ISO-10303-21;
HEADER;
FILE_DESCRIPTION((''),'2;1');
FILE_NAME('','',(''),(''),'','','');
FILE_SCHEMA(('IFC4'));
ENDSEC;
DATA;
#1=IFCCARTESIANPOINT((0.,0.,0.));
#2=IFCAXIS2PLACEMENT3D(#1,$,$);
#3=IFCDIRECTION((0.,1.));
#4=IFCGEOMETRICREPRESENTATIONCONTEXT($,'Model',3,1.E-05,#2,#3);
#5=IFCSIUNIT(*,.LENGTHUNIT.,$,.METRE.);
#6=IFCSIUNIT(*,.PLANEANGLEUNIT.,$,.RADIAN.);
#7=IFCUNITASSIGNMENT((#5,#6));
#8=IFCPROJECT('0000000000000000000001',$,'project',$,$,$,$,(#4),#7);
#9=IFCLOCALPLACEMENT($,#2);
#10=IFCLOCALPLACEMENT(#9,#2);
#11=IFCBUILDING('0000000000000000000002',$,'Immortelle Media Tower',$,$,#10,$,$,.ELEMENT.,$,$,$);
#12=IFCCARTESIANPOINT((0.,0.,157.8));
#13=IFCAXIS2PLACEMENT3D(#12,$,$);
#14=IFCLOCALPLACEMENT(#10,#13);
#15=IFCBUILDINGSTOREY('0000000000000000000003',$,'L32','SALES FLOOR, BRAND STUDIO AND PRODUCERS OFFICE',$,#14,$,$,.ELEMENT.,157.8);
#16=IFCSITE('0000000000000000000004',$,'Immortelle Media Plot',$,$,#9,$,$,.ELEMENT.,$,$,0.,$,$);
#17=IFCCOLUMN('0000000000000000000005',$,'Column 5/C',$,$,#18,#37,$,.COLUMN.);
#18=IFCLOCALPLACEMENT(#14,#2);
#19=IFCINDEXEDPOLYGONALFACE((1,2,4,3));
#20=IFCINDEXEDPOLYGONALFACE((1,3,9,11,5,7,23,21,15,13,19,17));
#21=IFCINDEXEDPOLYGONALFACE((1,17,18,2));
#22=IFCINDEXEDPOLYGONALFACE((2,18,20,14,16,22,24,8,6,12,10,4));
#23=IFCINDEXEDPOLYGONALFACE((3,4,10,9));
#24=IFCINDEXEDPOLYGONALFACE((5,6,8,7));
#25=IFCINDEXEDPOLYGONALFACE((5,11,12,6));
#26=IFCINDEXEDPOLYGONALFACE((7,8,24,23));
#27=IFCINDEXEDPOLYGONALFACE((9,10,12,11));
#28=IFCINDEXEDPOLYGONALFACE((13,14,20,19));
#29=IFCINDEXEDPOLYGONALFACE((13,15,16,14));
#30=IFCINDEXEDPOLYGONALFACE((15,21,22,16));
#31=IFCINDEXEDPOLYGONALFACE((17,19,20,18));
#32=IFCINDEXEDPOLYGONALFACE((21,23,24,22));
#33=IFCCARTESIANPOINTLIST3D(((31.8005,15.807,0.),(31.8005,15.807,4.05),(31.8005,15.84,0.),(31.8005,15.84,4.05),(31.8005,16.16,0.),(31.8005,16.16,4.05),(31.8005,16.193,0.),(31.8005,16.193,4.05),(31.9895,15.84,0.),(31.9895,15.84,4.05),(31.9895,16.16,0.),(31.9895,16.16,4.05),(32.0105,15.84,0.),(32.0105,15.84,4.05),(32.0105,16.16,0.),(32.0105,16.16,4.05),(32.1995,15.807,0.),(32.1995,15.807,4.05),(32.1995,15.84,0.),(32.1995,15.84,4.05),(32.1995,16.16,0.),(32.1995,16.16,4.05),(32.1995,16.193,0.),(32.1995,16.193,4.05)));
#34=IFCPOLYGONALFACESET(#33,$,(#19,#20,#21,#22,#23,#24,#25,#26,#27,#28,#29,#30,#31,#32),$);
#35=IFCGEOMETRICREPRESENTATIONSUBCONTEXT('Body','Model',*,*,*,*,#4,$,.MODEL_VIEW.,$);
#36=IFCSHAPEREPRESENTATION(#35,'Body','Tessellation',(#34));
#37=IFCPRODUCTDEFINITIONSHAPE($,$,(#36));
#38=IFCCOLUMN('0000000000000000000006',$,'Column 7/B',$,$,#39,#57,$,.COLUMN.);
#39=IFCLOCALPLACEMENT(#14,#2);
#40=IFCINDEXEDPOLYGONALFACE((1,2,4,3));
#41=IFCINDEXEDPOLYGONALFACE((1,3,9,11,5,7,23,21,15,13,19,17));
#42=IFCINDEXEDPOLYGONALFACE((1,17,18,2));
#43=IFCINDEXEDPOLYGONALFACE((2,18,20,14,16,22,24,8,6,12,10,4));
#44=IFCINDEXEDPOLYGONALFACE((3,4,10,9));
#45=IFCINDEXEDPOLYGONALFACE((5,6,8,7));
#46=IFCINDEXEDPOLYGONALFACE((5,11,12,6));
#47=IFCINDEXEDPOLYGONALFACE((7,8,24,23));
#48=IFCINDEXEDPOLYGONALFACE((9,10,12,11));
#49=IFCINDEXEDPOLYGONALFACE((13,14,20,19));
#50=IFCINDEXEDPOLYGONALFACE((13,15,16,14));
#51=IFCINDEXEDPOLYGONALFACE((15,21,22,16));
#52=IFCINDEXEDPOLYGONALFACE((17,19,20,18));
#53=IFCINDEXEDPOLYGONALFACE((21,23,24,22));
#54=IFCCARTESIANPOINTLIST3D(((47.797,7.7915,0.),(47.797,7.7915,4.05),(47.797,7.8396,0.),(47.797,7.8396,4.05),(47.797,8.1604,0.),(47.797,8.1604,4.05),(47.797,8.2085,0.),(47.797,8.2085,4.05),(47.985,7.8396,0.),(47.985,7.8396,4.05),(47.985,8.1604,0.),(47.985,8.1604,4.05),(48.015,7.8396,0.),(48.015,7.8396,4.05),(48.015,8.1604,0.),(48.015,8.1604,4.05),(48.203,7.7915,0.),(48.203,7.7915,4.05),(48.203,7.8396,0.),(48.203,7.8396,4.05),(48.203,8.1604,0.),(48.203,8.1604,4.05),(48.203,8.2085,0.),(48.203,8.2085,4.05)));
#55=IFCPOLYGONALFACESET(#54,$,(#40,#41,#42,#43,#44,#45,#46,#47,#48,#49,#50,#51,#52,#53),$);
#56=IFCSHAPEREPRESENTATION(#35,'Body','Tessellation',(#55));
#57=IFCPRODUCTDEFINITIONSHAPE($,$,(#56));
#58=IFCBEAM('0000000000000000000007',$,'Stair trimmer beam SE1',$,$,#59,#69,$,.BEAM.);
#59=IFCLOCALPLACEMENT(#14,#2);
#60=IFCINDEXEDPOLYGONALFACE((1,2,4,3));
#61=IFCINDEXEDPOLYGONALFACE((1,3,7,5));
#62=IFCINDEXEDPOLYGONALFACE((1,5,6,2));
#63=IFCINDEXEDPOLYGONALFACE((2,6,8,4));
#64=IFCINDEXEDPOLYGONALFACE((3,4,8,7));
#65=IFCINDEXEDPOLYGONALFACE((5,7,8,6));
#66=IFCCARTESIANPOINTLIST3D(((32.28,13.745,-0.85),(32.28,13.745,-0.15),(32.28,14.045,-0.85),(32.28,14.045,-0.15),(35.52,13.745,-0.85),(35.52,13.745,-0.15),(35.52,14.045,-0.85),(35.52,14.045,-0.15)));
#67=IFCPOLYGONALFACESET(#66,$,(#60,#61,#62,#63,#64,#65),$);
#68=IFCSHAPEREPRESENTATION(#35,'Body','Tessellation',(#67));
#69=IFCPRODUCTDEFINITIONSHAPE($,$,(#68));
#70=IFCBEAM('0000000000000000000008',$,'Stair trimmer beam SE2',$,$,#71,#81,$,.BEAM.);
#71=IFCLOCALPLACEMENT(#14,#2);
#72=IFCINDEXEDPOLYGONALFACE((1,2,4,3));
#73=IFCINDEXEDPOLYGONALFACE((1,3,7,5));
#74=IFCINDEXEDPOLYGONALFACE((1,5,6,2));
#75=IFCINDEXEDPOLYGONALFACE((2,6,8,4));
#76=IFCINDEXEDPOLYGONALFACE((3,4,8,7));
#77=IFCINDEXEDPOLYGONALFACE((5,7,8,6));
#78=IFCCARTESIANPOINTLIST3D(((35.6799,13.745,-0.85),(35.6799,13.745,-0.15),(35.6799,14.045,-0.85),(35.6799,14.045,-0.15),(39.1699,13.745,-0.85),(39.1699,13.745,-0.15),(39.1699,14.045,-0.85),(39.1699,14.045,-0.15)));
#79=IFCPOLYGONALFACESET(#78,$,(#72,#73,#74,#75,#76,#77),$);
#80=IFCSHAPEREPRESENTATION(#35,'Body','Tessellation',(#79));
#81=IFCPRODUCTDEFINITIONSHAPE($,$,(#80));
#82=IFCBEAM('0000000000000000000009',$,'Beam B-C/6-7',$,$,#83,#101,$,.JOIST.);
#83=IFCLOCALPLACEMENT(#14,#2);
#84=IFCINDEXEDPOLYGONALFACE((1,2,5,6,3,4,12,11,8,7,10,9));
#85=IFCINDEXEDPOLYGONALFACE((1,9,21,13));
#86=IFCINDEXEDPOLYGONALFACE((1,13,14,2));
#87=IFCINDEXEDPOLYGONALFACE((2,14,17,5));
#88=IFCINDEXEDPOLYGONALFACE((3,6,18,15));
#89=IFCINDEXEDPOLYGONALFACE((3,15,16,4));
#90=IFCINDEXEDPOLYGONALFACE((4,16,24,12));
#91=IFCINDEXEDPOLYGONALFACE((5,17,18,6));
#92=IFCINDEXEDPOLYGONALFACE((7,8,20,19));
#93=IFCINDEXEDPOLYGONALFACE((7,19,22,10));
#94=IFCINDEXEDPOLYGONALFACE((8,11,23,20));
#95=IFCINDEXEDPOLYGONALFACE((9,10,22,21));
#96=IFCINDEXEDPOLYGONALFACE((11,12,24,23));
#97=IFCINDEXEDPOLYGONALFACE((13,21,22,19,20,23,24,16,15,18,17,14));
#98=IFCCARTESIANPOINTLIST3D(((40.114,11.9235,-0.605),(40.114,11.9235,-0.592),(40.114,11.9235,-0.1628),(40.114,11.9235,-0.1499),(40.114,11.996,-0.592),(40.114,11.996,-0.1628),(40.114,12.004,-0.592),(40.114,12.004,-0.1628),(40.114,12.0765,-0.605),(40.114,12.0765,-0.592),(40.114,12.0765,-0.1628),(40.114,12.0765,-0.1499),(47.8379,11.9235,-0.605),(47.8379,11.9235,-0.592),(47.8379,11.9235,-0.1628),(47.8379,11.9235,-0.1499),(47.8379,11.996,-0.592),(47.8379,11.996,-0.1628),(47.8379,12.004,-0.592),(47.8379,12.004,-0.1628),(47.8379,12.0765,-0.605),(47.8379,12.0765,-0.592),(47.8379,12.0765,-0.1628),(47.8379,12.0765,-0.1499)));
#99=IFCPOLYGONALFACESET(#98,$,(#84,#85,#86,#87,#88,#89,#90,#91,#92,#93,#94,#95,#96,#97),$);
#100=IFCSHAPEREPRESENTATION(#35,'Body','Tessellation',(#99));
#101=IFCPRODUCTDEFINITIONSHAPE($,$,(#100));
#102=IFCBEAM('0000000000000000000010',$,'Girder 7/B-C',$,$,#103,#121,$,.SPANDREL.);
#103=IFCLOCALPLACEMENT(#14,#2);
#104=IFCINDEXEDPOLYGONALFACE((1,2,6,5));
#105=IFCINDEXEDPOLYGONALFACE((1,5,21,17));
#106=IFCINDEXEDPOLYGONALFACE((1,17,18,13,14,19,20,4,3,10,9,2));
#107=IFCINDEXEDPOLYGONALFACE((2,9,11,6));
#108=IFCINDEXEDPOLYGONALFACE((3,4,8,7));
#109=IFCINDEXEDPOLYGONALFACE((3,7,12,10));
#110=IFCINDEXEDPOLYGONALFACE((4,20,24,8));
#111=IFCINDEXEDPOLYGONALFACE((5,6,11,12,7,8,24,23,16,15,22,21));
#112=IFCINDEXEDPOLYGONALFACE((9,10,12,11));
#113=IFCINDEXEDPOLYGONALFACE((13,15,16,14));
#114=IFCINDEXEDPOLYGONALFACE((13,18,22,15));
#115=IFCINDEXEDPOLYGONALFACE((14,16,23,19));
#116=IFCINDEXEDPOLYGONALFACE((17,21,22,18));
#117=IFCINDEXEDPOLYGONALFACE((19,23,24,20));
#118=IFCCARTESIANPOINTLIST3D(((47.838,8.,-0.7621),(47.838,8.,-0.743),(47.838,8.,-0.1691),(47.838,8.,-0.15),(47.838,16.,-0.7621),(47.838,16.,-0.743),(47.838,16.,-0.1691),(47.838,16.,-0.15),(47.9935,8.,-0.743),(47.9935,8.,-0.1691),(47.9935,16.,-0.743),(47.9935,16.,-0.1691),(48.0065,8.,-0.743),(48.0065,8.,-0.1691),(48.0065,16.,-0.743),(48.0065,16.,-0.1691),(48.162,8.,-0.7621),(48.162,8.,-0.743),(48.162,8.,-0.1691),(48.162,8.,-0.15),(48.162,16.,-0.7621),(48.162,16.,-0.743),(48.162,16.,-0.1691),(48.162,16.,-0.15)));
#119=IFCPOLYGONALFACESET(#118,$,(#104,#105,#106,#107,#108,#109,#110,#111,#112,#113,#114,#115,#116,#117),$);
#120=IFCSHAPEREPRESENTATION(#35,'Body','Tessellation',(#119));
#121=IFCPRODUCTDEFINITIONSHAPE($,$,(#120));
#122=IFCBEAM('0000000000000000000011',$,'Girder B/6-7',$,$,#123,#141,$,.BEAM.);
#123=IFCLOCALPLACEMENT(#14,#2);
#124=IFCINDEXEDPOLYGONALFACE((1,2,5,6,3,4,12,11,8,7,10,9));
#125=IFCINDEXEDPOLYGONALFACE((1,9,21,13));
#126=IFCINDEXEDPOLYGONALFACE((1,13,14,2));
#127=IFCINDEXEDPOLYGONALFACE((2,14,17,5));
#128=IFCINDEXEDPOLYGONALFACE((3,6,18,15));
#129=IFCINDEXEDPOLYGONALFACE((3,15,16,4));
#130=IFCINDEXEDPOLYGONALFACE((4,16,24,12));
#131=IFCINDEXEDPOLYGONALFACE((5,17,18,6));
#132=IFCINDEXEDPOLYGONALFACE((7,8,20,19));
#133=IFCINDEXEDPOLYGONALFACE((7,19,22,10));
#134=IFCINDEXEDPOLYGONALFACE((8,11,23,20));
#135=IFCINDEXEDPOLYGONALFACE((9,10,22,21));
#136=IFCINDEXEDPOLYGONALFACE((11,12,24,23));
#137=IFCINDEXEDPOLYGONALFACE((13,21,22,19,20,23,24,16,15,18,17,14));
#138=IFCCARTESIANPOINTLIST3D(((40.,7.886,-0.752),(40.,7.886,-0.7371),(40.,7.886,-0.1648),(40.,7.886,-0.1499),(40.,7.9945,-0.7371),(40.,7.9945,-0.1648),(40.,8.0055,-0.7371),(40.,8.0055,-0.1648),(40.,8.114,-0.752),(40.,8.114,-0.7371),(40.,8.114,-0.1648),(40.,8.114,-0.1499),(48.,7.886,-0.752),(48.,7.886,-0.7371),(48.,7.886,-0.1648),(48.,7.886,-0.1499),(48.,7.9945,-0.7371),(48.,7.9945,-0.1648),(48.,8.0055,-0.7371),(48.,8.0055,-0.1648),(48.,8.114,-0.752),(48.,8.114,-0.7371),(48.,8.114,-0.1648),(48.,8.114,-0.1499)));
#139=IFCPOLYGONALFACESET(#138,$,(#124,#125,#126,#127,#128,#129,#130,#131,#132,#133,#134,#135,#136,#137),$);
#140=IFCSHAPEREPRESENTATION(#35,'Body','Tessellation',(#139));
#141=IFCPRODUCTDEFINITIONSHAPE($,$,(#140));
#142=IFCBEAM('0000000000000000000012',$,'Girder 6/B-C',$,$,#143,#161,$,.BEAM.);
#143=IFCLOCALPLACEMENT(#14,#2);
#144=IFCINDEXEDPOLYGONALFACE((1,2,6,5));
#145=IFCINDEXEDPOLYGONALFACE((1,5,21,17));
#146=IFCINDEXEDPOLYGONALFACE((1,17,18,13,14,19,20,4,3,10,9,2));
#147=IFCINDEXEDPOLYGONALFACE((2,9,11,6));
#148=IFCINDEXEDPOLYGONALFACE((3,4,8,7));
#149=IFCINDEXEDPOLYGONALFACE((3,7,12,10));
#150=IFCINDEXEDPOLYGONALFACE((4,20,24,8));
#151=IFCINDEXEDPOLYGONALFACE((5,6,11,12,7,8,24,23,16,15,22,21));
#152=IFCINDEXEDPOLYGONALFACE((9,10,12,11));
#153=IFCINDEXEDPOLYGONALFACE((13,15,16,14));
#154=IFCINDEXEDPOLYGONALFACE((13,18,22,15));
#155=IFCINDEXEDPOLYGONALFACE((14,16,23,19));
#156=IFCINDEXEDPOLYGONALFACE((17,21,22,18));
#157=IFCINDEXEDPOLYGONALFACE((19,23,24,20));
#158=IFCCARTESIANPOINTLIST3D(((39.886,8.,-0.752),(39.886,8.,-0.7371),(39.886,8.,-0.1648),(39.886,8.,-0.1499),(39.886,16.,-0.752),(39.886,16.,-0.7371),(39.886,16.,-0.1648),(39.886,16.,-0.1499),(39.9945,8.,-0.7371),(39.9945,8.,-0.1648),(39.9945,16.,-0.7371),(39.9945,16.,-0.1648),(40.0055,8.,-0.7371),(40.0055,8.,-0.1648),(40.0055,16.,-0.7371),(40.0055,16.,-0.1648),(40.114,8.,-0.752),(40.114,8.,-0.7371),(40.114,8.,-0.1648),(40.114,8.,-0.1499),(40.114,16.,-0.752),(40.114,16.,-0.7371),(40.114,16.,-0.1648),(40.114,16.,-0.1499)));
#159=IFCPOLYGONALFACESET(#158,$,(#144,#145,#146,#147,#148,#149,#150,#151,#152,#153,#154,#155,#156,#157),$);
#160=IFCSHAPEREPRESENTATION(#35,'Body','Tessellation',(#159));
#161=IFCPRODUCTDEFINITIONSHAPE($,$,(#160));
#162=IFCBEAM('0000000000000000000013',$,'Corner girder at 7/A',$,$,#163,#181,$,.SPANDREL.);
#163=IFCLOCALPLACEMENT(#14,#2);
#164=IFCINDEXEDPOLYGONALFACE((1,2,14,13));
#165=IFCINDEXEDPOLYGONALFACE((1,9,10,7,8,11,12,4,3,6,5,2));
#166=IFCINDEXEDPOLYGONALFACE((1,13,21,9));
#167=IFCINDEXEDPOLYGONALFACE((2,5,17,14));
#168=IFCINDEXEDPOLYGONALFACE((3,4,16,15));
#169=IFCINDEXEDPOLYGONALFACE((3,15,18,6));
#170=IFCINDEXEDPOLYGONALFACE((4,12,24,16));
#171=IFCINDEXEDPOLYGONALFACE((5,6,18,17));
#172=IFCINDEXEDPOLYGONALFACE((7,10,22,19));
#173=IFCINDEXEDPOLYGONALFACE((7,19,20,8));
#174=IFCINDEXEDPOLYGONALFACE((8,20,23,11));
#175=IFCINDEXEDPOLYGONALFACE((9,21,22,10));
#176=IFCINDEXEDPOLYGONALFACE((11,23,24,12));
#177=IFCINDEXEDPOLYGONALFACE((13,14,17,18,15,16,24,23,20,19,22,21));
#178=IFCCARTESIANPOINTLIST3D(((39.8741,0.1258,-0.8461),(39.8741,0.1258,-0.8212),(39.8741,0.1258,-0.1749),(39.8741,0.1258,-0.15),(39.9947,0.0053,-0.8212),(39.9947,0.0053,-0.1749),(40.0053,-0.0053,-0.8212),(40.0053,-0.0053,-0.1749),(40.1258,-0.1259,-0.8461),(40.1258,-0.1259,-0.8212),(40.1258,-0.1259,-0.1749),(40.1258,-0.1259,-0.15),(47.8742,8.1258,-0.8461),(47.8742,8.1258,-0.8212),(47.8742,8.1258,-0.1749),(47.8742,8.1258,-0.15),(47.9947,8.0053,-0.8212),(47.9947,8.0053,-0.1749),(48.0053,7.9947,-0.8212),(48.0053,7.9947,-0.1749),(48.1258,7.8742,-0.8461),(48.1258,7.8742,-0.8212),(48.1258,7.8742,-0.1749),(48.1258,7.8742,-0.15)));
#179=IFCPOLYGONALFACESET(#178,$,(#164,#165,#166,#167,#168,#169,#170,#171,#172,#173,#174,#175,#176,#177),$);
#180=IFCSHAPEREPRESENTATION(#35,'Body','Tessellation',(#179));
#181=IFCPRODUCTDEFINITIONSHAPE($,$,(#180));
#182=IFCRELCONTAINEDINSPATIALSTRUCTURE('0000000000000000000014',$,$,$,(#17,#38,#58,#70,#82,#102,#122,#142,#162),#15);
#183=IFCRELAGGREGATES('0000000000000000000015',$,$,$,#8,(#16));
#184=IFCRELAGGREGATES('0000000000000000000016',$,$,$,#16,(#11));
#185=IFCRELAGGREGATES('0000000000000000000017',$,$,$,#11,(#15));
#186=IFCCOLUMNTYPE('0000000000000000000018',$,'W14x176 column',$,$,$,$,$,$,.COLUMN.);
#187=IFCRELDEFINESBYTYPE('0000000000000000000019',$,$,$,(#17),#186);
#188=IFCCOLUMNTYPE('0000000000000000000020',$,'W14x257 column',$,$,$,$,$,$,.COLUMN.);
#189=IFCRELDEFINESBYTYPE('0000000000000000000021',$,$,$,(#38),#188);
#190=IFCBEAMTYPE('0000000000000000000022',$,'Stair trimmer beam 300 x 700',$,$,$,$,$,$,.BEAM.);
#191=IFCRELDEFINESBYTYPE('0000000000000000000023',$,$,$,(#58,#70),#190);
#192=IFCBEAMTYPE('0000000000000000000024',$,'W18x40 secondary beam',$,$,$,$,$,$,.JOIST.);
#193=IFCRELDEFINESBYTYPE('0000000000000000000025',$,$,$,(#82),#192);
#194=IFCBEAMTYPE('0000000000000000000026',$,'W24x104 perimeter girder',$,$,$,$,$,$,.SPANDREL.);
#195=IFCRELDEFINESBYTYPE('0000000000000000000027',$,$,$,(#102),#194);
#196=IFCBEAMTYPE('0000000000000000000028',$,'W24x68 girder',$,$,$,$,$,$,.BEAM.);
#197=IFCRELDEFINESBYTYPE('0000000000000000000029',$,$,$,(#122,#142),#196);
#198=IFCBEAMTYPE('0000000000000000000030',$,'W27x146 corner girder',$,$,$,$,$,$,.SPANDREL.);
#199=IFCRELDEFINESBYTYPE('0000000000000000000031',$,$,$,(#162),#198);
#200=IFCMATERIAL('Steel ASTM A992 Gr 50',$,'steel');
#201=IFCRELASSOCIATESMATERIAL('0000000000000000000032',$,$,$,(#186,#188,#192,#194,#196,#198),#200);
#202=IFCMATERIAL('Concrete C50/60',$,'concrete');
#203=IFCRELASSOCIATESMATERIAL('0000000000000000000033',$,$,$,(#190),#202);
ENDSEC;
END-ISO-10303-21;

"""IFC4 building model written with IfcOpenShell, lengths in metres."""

from ifc_helpers import new_model, si_unit, direction, frame, origin, origin_2d, place, context, subcontext, project, spatial, rectangle, i_section, extrude, material, material_profile, profile_set, type_object, element, save


model = new_model("IFC4")

# Units and contexts
model_context = context("Model", 3, precision=1e-05, world=origin(), true_north=direction((0.0, 1.0)))
body_context = subcontext(model_context, "Body", "Model", "MODEL_VIEW")
ifc_project = project(units=[si_unit("LENGTHUNIT", "METRE"), si_unit("PLANEANGLEUNIT", "RADIAN")], contexts=[model_context])

# Site, building, storey
site_placement = place(None, origin())
site = spatial("IfcSite", under=ifc_project, at=site_placement, Name="Immortelle Media Plot", CompositionType="ELEMENT", RefElevation=0.0)
building_placement = place(site_placement, origin())
building = spatial("IfcBuilding", under=site, at=building_placement, Name="Immortelle Media Tower", CompositionType="ELEMENT")
storey_placement = place(building_placement, frame((0.0, 0.0, 157.8)))
storey = spatial("IfcBuildingStorey", under=building, at=storey_placement, Name="L32", Description="SALES FLOOR, BRAND STUDIO AND PRODUCERS OFFICE", CompositionType="ELEMENT", Elevation=157.8)

# Columns
ifc_material_1 = material(Name="Steel ASTM A992 Gr 50", Category="steel")
ifc_material_profile_1 = material_profile(ifc_material_1, i_section(OverallWidth=0.3989, OverallDepth=0.386, WebThickness=0.021, FlangeThickness=0.033, at=origin_2d()), Name="W14x176")
ifc_profile_set_1 = profile_set([ifc_material_profile_1], Name="Steel ASTM A992 Gr 50")
column_type_1 = type_object("IfcColumnType", Name="W14x176 column", PredefinedType="COLUMN", material=ifc_profile_set_1)
column_1_placement = place(storey_placement, frame((32.0, 16.0, 0.0), z_axis=(0.0, 0.0, 1.0), x_axis=(1.0, 0.0, 0.0)))
element("IfcColumn", 1, at=column_1_placement, inside=storey, type_object=column_type_1, Name="Column 5/C", PredefinedType="COLUMN", context=body_context, shape_type="SweptSolid", body=[
    extrude(i_section(OverallWidth=0.3989, OverallDepth=0.386, WebThickness=0.021, FlangeThickness=0.033, at=origin_2d()), origin(), (0.0, 0.0, 1.0), 4.05),
])
ifc_material_profile_2 = material_profile(ifc_material_1, i_section(OverallWidth=0.406, OverallDepth=0.417, WebThickness=0.03, FlangeThickness=0.0481, at=origin_2d()), Name="W14x257")
ifc_profile_set_2 = profile_set([ifc_material_profile_2], Name="Steel ASTM A992 Gr 50")
column_type_2 = type_object("IfcColumnType", Name="W14x257 column", PredefinedType="COLUMN", material=ifc_profile_set_2)
column_2_placement = place(storey_placement, frame((48.0, 8.0, 0.0), z_axis=(0.0, 0.0, 1.0), x_axis=(1.0, 0.0, 0.0)))
element("IfcColumn", 2, at=column_2_placement, inside=storey, type_object=column_type_2, Name="Column 7/B", PredefinedType="COLUMN", context=body_context, shape_type="SweptSolid", body=[
    extrude(i_section(OverallWidth=0.406, OverallDepth=0.417, WebThickness=0.03, FlangeThickness=0.0481, at=origin_2d()), origin(), (0.0, 0.0, 1.0), 4.05),
])

# Beams
ifc_material_2 = material(Name="Concrete C50/60", Category="concrete")
ifc_material_profile_3 = material_profile(ifc_material_2, rectangle(XDim=0.3, YDim=0.7, at=origin_2d()), Name="RC 300x700")
ifc_profile_set_3 = profile_set([ifc_material_profile_3], Name="Concrete C50/60")
beam_type_1 = type_object("IfcBeamType", Name="Stair trimmer beam 300 x 700", PredefinedType="BEAM", material=ifc_profile_set_3)
beam_1_placement = place(storey_placement, frame((32.28, 13.895, -0.5), z_axis=(1.0, 0.0, 0.0), x_axis=(0.0, 1.0, 0.0)))
element("IfcBeam", 3, at=beam_1_placement, inside=storey, type_object=beam_type_1, Name="Stair trimmer beam SE1", PredefinedType="BEAM", context=body_context, shape_type="SweptSolid", body=[
    extrude(rectangle(XDim=0.3, YDim=0.7, at=origin_2d()), origin(), (0.0, 0.0, 1.0), 3.24),
])
beam_2_placement = place(storey_placement, frame((35.6799, 13.895, -0.5), z_axis=(1.0, 0.0, 0.0), x_axis=(0.0, 1.0, 0.0)))
element("IfcBeam", 4, at=beam_2_placement, inside=storey, type_object=beam_type_1, Name="Stair trimmer beam SE2", PredefinedType="BEAM", context=body_context, shape_type="SweptSolid", body=[
    extrude(rectangle(XDim=0.3, YDim=0.7, at=origin_2d()), origin(), (0.0, 0.0, 1.0), 3.49),
])
ifc_material_profile_4 = material_profile(ifc_material_1, i_section(OverallWidth=0.1531, OverallDepth=0.4551, WebThickness=0.0081, FlangeThickness=0.0129, at=origin_2d()), Name="W18x40")
ifc_profile_set_4 = profile_set([ifc_material_profile_4], Name="Steel ASTM A992 Gr 50")
beam_type_2 = type_object("IfcBeamType", Name="W18x40 secondary beam", PredefinedType="JOIST", material=ifc_profile_set_4)
beam_3_placement = place(storey_placement, frame((40.114, 12.0, -0.3774), z_axis=(1.0, 0.0, 0.0), x_axis=(0.0, 1.0, 0.0)))
element("IfcBeam", 5, at=beam_3_placement, inside=storey, type_object=beam_type_2, Name="Beam B-C/6-7", PredefinedType="JOIST", context=body_context, shape_type="SweptSolid", body=[
    extrude(i_section(OverallWidth=0.1531, OverallDepth=0.4551, WebThickness=0.0081, FlangeThickness=0.0129, at=origin_2d()), origin(), (0.0, 0.0, 1.0), 7.7239),
])
ifc_material_profile_5 = material_profile(ifc_material_1, i_section(OverallWidth=0.324, OverallDepth=0.6121, WebThickness=0.0129, FlangeThickness=0.019, at=origin_2d()), Name="W24x104")
ifc_profile_set_5 = profile_set([ifc_material_profile_5], Name="Steel ASTM A992 Gr 50")
beam_type_3 = type_object("IfcBeamType", Name="W24x104 perimeter girder", PredefinedType="SPANDREL", material=ifc_profile_set_5)
beam_4_placement = place(storey_placement, frame((48.0, 8.0, -0.4561), z_axis=(0.0, 1.0, 0.0), x_axis=(-1.0, 0.0, 0.0)))
element("IfcBeam", 6, at=beam_4_placement, inside=storey, type_object=beam_type_3, Name="Girder 7/B-C", PredefinedType="SPANDREL", context=body_context, shape_type="SweptSolid", body=[
    extrude(i_section(OverallWidth=0.324, OverallDepth=0.6121, WebThickness=0.0129, FlangeThickness=0.019, at=origin_2d()), origin(), (0.0, 0.0, 1.0), 8.0),
])
ifc_material_profile_6 = material_profile(ifc_material_1, i_section(OverallWidth=0.228, OverallDepth=0.6021, WebThickness=0.011, FlangeThickness=0.0149, at=origin_2d()), Name="W24x68")
ifc_profile_set_6 = profile_set([ifc_material_profile_6], Name="Steel ASTM A992 Gr 50")
beam_type_4 = type_object("IfcBeamType", Name="W24x68 girder", PredefinedType="BEAM", material=ifc_profile_set_6)
for number, where, z_axis, x_axis, name in (
    (7, (40.0, 8.0, -0.4509), (1.0, 0.0, 0.0), (0.0, 1.0, 0.0), "Girder B/6-7"),
    (8, (40.0, 8.0, -0.4509), (0.0, 1.0, 0.0), (-1.0, 0.0, 0.0), "Girder 6/B-C"),
):
    element("IfcBeam", number, at=place(storey_placement, frame(where, z_axis=z_axis, x_axis=x_axis)), inside=storey, type_object=beam_type_4, Name=name, PredefinedType="BEAM", context=body_context, shape_type="SweptSolid", body=[
        extrude(i_section(OverallWidth=0.228, OverallDepth=0.6021, WebThickness=0.011, FlangeThickness=0.0149, at=origin_2d()), origin(), (0.0, 0.0, 1.0), 8.0),
    ])
ifc_material_profile_7 = material_profile(ifc_material_1, i_section(OverallWidth=0.356, OverallDepth=0.696, WebThickness=0.0149, FlangeThickness=0.0249, at=origin_2d()), Name="W27x146")
ifc_profile_set_7 = profile_set([ifc_material_profile_7], Name="Steel ASTM A992 Gr 50")
beam_type_5 = type_object("IfcBeamType", Name="W27x146 corner girder", PredefinedType="SPANDREL", material=ifc_profile_set_7)
beam_5_placement = place(storey_placement, frame((48.0, 8.0, -0.498), z_axis=(-0.707107, -0.707107, 0.0), x_axis=(0.707107, -0.707107, 0.0)))
element("IfcBeam", 9, at=beam_5_placement, inside=storey, type_object=beam_type_5, Name="Corner girder at 7/A", PredefinedType="SPANDREL", context=body_context, shape_type="SweptSolid", body=[
    extrude(i_section(OverallWidth=0.356, OverallDepth=0.696, WebThickness=0.0149, FlangeThickness=0.0249, at=origin_2d()), origin(), (0.0, 0.0, 1.0), 11.3137),
])

save(model, "model.ifc")
